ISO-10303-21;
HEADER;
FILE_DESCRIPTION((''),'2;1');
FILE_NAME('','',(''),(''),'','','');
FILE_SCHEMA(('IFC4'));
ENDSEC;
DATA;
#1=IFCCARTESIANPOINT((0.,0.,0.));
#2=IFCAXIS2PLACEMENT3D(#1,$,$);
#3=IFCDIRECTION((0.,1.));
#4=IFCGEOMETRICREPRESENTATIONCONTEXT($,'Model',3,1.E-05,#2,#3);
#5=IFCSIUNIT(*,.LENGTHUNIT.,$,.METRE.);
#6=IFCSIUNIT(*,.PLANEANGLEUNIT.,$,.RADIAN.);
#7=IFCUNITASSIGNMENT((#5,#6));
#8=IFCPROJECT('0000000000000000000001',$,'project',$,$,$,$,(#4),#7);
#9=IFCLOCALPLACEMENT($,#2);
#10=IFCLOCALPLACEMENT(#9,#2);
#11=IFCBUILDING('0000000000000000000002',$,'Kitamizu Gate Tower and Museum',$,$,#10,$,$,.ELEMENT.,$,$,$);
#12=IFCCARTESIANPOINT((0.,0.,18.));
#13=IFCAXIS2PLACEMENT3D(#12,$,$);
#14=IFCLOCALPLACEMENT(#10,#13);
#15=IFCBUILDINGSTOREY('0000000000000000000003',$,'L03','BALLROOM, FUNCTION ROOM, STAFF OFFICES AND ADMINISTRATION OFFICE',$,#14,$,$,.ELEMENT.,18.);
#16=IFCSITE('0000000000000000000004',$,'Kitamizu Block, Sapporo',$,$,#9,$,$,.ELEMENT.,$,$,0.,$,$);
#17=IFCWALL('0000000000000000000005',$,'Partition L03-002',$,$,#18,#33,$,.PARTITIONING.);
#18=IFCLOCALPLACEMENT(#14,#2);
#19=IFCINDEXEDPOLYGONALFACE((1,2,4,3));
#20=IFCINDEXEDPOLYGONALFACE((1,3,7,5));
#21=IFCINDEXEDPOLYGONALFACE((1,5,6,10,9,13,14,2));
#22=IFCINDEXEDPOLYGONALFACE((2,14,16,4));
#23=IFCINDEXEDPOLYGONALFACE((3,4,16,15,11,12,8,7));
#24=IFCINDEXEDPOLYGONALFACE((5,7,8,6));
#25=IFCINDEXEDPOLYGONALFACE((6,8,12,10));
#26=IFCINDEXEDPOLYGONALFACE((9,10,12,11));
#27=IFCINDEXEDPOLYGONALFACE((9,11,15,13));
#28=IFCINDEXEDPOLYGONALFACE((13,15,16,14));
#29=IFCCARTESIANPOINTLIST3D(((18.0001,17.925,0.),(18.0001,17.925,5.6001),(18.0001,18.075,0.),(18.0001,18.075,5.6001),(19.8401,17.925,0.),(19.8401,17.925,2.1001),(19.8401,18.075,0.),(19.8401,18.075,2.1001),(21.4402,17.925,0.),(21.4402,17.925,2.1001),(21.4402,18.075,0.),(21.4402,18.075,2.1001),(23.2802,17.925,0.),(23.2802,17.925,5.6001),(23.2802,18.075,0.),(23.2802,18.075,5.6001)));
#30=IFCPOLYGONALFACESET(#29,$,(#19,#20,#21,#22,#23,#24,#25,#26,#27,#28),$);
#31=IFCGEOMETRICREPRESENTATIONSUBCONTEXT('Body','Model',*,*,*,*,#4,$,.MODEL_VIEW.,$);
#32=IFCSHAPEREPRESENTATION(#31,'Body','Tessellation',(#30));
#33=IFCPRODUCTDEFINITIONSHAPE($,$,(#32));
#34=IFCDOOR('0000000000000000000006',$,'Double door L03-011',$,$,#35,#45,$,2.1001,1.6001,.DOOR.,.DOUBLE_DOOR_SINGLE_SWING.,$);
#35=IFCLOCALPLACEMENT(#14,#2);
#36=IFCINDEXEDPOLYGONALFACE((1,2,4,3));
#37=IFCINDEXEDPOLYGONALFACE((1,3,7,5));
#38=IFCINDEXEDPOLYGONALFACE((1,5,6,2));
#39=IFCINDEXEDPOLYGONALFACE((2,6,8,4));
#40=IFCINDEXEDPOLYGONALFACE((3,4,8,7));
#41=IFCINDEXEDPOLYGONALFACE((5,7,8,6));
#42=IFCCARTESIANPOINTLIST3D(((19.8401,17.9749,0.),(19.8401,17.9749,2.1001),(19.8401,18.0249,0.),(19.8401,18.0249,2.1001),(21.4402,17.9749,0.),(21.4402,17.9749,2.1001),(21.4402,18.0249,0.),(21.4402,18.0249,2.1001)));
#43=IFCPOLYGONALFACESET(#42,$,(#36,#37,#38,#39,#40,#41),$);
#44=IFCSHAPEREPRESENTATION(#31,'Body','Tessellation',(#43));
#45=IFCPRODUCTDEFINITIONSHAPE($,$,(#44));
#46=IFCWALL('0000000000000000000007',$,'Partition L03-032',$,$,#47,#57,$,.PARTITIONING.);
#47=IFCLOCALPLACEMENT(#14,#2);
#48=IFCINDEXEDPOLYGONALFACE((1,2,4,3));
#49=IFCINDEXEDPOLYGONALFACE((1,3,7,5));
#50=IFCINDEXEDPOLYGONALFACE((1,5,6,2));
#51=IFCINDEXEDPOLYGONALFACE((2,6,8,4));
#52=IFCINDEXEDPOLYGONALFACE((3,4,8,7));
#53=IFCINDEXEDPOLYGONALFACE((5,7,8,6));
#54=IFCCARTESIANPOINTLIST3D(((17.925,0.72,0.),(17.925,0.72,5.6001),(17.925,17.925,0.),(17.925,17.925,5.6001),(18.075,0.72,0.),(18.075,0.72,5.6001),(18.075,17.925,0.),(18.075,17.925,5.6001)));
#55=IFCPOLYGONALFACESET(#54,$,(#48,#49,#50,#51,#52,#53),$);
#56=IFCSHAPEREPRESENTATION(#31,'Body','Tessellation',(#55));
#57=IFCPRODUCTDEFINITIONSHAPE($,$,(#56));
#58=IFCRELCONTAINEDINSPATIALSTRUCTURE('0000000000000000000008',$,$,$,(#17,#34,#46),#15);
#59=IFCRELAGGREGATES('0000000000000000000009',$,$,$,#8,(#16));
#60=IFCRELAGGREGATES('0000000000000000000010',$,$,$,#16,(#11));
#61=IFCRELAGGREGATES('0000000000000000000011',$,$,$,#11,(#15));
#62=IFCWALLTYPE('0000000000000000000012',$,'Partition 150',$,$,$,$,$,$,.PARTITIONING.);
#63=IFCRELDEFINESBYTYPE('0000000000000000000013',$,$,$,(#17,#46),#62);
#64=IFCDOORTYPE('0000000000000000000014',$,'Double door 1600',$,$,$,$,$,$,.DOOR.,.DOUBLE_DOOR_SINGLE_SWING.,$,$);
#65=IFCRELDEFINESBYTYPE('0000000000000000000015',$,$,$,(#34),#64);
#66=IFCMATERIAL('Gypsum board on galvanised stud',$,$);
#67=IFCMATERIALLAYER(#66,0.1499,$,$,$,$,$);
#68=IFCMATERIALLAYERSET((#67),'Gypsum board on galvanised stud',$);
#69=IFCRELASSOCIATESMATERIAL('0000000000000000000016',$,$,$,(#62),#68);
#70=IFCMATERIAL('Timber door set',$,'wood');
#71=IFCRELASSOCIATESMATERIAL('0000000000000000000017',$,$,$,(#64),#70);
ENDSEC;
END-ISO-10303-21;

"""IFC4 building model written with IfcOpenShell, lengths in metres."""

from ifc_helpers import new_model, si_unit, direction, frame, frame_2d, origin, place, context, subcontext, project, spatial, rectangle, extrude, material, layer, layer_set, type_object, element, fill, save


model = new_model("IFC4")

# Units and contexts
model_context = context("Model", 3, precision=1e-05, world=origin(), true_north=direction((0.0, 1.0)))
body_context = subcontext(model_context, "Body", "Model", "MODEL_VIEW")
ifc_project = project(units=[si_unit("LENGTHUNIT", "METRE"), si_unit("PLANEANGLEUNIT", "RADIAN")], contexts=[model_context])

# Site, building, storey
site_placement = place(None, origin())
site = spatial("IfcSite", under=ifc_project, at=site_placement, Name="Kitamizu Block, Sapporo", CompositionType="ELEMENT", RefElevation=0.0)
building_placement = place(site_placement, origin())
building = spatial("IfcBuilding", under=site, at=building_placement, Name="Kitamizu Gate Tower and Museum", CompositionType="ELEMENT")
storey_placement = place(building_placement, frame((0.0, 0.0, 18.0)))
storey = spatial("IfcBuildingStorey", under=building, at=storey_placement, Name="L03", Description="BALLROOM, FUNCTION ROOM, STAFF OFFICES AND ADMINISTRATION OFFICE", CompositionType="ELEMENT", Elevation=18.0)

# Wall, opening, door
ifc_material_1 = material(Name="Gypsum board on galvanised stud")
ifc_layer_1 = layer(ifc_material_1, 0.1499)
ifc_layer_set_1 = layer_set([ifc_layer_1], Name="Gypsum board on galvanised stud")
wall_type = type_object("IfcWallType", Name="Partition 150", PredefinedType="PARTITIONING", material=ifc_layer_set_1)
wall_1_placement = place(storey_placement, frame((18.0, 18.0, 0.0), z_axis=(0.0, 0.0, 1.0), x_axis=(1.0, 0.0, 0.0)))
wall_1 = element("IfcWall", 1, at=wall_1_placement, inside=storey, type_object=wall_type, Name="Partition L03-002", PredefinedType="PARTITIONING", context=body_context, shape_type="SweptSolid", body=[
    extrude(rectangle(XDim=5.28, YDim=0.1499, at=frame_2d((2.6401, 0.0))), origin(), (0.0, 0.0, 1.0), 5.6001),
])
opening_placement = place(wall_1_placement, frame((1.8401, 0.0, 0.0)))
opening = element("IfcOpeningElement", 2, at=opening_placement, cuts=wall_1, PredefinedType="OPENING", context=body_context, shape_type="SweptSolid", body=[
    extrude(rectangle(XDim=1.6001, YDim=2.1001, at=frame_2d((0.8, 1.05))), frame((0.0, 0.085, 0.0), z_axis=(0.0, -1.0, 0.0), x_axis=(1.0, 0.0, 0.0)), (0.0, 0.0, 1.0), 0.1699),
])
ifc_material_2 = material(Name="Timber door set", Category="wood")
door_type = type_object("IfcDoorType", Name="Double door 1600", OperationType="DOUBLE_DOOR_SINGLE_SWING", PredefinedType="DOOR", material=ifc_material_2)
door_placement = place(opening_placement, origin())
door = element("IfcDoor", 3, at=door_placement, inside=storey, type_object=door_type, Name="Double door L03-011", OperationType="DOUBLE_DOOR_SINGLE_SWING", OverallHeight=2.1001, OverallWidth=1.6001, PredefinedType="DOOR", context=body_context, shape_type="SweptSolid", body=[
    extrude(rectangle(XDim=1.6001, YDim=2.1001, at=frame_2d((0.8, 1.05))), frame((0.0, 0.0249, 0.0), z_axis=(0.0, -1.0, 0.0), x_axis=(1.0, 0.0, 0.0)), (0.0, 0.0, 1.0), 0.05),
])
fill(opening, door)

# Wall
wall_2_placement = place(storey_placement, frame((18.0, 0.72, 0.0), z_axis=(0.0, 0.0, 1.0), x_axis=(0.0, 1.0, 0.0)))
element("IfcWall", 4, at=wall_2_placement, inside=storey, type_object=wall_type, Name="Partition L03-032", PredefinedType="PARTITIONING", context=body_context, shape_type="SweptSolid", body=[
    extrude(rectangle(XDim=17.2051, YDim=0.1499, at=frame_2d((8.6025, 0.0))), origin(), (0.0, 0.0, 1.0), 5.6001),
])

save(model, "model.ifc")
